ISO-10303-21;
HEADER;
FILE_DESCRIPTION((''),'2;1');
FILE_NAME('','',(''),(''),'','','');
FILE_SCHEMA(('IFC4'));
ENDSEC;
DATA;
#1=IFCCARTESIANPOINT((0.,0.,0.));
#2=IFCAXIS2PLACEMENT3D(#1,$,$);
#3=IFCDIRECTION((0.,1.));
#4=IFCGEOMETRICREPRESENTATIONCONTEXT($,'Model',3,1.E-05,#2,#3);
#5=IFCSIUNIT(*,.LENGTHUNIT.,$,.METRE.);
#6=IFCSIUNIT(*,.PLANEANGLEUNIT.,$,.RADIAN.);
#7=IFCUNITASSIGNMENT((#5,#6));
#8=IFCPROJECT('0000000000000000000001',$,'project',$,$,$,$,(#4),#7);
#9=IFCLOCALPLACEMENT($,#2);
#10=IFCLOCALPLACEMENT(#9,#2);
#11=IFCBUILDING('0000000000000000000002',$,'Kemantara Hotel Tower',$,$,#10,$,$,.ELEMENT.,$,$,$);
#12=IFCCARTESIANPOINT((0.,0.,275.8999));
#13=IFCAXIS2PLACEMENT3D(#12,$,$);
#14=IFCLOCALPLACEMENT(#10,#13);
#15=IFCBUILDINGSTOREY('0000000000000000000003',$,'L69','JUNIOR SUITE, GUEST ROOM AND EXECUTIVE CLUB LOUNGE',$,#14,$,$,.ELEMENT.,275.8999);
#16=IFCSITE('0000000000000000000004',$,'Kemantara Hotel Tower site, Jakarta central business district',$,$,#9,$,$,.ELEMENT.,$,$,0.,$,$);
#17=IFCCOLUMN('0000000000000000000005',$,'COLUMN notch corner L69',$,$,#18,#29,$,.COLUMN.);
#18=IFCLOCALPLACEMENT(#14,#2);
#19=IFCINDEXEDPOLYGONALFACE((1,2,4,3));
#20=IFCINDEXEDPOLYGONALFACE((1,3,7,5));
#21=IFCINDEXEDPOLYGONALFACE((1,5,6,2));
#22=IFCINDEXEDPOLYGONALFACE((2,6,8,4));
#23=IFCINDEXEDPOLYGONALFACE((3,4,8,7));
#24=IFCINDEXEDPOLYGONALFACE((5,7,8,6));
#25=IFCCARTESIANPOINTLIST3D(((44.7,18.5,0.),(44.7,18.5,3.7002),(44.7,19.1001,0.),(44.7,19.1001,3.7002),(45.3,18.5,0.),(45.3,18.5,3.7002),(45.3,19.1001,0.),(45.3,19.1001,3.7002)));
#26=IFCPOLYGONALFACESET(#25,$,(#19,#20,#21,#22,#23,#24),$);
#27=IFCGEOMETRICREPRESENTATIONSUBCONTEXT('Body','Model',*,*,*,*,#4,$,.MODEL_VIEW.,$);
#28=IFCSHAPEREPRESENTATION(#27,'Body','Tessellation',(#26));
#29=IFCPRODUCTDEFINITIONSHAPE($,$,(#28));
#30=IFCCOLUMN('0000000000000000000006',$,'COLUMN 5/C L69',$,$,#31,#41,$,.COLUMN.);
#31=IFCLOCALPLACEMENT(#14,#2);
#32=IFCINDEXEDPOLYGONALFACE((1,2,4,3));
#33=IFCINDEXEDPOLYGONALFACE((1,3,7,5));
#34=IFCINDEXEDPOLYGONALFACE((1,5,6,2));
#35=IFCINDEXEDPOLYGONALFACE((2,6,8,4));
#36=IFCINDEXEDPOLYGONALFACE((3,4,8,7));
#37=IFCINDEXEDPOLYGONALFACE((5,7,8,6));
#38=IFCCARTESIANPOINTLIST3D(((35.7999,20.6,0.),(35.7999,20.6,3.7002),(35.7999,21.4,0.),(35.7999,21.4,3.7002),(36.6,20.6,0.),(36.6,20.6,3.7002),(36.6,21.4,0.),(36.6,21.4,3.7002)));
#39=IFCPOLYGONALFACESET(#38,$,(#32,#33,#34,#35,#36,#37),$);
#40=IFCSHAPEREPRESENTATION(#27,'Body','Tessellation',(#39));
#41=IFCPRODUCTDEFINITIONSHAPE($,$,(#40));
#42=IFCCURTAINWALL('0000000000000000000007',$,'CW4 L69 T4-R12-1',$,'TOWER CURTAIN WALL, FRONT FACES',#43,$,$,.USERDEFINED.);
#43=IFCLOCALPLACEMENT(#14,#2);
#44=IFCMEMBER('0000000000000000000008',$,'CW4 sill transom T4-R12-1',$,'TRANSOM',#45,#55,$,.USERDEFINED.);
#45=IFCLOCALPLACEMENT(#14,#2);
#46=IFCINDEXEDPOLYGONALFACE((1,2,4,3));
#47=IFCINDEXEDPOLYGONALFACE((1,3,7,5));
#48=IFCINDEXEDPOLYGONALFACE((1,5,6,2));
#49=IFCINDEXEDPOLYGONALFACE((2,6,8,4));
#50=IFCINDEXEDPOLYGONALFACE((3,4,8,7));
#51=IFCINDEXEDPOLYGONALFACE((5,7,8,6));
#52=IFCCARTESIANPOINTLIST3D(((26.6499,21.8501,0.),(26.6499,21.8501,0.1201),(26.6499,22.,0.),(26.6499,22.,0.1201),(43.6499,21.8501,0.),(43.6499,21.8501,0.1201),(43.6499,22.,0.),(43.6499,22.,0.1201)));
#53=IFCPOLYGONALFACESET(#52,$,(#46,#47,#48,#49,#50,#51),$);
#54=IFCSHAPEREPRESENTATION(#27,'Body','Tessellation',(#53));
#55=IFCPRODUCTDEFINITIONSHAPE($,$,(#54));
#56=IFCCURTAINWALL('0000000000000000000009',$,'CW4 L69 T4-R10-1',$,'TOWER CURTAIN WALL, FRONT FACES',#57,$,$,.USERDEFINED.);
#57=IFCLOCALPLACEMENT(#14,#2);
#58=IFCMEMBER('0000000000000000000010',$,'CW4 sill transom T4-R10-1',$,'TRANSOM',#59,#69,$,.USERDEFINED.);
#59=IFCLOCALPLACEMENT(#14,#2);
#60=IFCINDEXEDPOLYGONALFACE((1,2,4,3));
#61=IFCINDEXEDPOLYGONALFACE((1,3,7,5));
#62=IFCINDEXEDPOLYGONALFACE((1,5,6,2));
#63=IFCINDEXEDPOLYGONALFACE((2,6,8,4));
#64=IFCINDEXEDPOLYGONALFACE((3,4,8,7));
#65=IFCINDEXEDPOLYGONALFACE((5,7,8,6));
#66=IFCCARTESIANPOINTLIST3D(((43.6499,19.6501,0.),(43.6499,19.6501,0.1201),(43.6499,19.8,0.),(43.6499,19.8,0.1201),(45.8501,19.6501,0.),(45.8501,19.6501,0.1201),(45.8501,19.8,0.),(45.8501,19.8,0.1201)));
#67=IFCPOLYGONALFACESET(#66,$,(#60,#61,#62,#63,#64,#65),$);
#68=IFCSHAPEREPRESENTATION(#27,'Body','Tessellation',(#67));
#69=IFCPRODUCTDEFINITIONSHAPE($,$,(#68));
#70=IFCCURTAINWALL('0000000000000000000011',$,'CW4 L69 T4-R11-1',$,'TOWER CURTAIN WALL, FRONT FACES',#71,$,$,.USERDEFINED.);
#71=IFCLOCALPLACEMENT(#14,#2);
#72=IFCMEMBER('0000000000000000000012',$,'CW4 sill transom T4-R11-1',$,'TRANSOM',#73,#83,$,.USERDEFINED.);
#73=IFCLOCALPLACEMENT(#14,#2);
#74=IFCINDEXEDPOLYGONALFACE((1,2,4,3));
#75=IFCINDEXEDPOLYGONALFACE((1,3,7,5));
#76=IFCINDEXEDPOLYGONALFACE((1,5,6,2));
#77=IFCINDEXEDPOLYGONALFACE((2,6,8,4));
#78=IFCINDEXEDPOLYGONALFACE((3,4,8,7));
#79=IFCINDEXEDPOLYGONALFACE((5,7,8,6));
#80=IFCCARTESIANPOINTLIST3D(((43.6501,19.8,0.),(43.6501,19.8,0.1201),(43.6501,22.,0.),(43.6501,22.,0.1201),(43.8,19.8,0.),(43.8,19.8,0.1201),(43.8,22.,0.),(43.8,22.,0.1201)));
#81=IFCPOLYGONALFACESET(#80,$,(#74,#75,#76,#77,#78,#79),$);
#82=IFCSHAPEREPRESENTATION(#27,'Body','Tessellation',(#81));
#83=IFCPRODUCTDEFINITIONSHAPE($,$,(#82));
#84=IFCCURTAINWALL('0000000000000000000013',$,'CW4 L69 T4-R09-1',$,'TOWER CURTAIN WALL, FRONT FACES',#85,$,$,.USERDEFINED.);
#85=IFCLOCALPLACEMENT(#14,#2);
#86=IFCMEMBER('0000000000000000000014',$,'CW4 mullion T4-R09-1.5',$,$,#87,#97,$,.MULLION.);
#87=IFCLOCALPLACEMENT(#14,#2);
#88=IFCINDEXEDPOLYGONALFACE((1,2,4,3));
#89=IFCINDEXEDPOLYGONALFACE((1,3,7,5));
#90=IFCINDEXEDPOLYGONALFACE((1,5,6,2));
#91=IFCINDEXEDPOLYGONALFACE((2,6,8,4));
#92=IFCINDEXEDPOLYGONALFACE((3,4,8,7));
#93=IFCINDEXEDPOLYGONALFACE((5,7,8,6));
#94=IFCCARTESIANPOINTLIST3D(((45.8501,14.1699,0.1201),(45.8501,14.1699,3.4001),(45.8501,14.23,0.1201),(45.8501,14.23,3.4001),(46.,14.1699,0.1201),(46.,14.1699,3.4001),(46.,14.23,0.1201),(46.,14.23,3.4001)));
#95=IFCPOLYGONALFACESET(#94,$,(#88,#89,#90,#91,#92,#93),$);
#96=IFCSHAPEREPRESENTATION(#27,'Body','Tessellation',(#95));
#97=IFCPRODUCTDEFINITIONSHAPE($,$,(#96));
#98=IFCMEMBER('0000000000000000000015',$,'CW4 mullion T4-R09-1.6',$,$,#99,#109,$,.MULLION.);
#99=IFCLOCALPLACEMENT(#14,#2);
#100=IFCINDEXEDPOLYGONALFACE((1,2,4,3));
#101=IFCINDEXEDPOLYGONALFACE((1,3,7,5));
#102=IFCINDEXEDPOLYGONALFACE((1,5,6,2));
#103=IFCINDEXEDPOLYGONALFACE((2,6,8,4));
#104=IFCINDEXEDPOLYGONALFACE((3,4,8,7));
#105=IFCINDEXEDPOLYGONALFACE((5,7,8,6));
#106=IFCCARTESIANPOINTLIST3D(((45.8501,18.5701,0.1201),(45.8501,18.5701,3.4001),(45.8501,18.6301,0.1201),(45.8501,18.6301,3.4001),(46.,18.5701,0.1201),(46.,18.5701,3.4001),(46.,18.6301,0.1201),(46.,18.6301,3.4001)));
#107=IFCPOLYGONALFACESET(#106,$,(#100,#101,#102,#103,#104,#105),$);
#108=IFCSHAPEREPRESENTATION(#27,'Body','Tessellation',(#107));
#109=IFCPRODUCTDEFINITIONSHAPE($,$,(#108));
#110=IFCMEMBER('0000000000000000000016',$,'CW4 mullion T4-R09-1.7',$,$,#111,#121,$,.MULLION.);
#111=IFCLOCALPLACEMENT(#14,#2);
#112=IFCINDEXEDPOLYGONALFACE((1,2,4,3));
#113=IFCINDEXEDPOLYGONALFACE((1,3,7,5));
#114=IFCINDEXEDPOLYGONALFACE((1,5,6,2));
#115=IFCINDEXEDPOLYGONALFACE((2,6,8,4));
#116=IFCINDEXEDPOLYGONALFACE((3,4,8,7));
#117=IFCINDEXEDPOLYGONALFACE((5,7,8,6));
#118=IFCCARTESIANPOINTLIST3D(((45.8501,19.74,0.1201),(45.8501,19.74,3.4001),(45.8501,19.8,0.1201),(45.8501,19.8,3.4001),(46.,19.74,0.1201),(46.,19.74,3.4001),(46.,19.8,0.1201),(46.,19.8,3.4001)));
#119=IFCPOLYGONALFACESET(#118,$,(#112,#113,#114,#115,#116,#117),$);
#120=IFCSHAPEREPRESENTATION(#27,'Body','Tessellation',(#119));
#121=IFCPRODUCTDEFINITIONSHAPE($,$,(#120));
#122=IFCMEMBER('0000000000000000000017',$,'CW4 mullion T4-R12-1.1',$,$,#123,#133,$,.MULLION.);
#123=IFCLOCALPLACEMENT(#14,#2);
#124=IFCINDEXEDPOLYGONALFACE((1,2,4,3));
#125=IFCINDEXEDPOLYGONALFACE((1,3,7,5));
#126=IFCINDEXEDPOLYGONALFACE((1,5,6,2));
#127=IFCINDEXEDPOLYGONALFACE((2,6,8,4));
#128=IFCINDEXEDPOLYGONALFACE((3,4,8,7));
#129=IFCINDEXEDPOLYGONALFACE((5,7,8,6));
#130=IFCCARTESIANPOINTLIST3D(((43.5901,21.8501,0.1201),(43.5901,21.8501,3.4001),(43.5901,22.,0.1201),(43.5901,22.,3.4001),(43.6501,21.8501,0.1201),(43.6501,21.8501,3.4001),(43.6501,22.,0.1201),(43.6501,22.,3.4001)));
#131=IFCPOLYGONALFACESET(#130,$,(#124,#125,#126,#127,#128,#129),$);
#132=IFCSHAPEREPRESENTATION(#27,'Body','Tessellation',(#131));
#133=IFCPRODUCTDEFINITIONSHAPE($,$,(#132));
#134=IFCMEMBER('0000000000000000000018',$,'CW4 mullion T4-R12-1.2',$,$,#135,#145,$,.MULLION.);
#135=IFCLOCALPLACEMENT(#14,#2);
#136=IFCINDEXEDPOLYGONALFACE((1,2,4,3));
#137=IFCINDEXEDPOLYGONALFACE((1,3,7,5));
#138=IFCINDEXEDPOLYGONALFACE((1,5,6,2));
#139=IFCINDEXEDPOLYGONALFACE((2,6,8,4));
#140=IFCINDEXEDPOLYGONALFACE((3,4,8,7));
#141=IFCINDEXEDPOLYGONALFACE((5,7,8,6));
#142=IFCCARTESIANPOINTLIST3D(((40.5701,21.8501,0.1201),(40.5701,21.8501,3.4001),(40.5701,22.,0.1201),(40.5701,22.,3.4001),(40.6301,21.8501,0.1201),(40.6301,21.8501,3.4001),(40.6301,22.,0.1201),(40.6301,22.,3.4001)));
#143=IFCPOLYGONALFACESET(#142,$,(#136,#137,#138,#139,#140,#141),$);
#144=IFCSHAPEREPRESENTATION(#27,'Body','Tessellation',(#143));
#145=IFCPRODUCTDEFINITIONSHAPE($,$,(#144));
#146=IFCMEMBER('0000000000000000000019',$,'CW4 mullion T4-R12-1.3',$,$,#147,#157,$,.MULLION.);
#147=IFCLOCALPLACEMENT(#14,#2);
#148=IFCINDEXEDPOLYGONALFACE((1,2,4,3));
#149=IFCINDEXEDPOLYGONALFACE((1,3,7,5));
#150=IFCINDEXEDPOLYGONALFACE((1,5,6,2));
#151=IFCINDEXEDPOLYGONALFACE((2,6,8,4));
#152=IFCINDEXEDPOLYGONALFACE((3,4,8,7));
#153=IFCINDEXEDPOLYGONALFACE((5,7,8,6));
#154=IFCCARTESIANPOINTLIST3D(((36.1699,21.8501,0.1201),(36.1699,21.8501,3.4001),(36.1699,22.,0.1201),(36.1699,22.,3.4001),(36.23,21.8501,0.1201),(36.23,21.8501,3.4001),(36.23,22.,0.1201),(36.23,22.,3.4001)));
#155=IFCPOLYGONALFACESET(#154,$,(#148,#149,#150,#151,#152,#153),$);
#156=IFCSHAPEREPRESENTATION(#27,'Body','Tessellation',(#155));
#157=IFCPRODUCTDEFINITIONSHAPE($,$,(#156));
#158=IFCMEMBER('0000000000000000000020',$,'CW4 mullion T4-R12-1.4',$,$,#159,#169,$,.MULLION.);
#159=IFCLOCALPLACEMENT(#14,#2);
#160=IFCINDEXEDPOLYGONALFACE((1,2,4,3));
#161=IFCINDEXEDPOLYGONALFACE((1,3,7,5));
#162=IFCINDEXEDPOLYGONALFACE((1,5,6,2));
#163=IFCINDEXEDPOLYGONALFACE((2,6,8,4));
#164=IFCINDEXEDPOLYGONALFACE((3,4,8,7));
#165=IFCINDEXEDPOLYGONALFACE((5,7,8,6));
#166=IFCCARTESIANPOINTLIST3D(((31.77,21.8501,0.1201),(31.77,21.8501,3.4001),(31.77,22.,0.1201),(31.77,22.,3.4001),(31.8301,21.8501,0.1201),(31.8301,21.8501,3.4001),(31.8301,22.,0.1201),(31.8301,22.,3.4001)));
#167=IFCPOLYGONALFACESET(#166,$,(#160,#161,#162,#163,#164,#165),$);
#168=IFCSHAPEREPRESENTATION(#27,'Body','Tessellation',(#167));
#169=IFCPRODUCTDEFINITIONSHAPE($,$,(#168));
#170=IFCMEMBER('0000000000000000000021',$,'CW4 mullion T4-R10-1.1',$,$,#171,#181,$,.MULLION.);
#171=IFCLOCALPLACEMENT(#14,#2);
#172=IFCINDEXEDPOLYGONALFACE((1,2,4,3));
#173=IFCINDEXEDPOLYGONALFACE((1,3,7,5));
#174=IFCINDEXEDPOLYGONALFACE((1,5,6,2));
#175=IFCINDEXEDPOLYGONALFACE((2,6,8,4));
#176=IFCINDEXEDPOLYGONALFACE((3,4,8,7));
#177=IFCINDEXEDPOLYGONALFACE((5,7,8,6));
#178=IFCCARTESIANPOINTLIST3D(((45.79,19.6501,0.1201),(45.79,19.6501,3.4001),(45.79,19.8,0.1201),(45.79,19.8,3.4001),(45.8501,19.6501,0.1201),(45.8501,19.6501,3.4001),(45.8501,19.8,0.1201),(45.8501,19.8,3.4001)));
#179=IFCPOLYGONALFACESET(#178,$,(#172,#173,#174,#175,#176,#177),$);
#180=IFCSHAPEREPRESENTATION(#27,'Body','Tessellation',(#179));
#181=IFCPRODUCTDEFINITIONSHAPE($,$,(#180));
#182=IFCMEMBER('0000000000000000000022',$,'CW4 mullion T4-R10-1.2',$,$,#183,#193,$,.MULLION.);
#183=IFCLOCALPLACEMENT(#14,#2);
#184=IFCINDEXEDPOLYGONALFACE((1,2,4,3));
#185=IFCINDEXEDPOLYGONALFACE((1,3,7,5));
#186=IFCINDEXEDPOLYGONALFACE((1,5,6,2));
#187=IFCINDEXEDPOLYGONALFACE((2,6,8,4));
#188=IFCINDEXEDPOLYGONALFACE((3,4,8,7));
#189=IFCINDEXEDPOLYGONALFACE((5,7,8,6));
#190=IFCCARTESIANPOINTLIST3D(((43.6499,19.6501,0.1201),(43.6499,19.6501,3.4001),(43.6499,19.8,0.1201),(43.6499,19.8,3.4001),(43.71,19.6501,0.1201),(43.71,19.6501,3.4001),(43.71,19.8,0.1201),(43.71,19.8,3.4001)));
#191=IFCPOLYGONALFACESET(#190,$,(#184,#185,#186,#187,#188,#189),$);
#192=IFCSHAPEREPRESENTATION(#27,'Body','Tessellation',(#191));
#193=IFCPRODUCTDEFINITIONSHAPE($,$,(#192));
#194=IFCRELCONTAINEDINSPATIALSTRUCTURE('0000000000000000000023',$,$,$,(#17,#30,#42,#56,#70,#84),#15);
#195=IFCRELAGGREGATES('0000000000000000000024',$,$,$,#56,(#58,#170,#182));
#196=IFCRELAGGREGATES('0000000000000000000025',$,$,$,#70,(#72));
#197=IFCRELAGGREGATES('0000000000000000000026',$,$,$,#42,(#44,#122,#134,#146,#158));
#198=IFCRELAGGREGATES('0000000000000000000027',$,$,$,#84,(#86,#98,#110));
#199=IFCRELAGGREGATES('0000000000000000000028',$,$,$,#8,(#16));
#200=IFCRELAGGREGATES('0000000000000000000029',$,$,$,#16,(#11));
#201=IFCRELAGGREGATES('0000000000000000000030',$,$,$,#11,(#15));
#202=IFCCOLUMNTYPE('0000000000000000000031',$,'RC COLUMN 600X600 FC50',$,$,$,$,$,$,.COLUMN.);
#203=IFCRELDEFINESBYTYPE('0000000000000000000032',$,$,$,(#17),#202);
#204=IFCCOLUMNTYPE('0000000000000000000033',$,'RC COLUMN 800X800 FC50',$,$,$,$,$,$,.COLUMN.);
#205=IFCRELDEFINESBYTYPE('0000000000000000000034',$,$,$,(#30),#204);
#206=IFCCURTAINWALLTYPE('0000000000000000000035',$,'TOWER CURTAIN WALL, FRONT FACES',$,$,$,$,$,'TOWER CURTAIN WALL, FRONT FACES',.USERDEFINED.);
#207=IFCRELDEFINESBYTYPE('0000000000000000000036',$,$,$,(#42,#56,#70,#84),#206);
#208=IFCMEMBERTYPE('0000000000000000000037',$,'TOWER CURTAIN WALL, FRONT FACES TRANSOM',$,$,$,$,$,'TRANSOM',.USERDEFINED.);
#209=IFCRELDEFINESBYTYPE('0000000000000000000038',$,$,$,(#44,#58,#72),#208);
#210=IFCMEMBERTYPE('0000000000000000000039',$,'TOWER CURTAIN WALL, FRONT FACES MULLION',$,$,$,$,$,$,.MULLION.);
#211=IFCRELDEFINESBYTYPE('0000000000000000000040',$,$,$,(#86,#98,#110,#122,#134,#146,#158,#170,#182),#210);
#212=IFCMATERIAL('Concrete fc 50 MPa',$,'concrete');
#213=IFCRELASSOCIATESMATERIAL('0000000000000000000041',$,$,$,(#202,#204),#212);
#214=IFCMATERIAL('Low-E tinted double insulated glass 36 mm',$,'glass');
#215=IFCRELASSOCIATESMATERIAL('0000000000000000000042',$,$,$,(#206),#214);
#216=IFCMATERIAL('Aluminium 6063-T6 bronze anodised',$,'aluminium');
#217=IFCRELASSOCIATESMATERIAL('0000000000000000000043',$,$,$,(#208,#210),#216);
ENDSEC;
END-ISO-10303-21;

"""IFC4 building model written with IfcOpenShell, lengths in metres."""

from ifc_helpers import new_model, si_unit, direction, frame, origin, origin_2d, place, context, subcontext, project, spatial, rectangle, extrude, source, transform, mapped, material, material_profile, profile_set, type_object, element, aggregate, save


model = new_model("IFC4")

# Units and contexts
model_context = context("Model", 3, precision=1e-05, world=origin(), true_north=direction((0.0, 1.0)))
body_context = subcontext(model_context, "Body", "Model", "MODEL_VIEW")
ifc_project = project(units=[si_unit("LENGTHUNIT", "METRE"), si_unit("PLANEANGLEUNIT", "RADIAN")], contexts=[model_context])

# Site, building, storey
site_placement = place(None, origin())
site = spatial("IfcSite", under=ifc_project, at=site_placement, Name="Kemantara Hotel Tower site, Jakarta central business district", CompositionType="ELEMENT", RefElevation=0.0)
building_placement = place(site_placement, origin())
building = spatial("IfcBuilding", under=site, at=building_placement, Name="Kemantara Hotel Tower", CompositionType="ELEMENT")
storey_placement = place(building_placement, frame((0.0, 0.0, 275.8999)))
storey = spatial("IfcBuildingStorey", under=building, at=storey_placement, Name="L69", Description="JUNIOR SUITE, GUEST ROOM AND EXECUTIVE CLUB LOUNGE", CompositionType="ELEMENT", Elevation=275.8999)

# Columns
ifc_material_1 = material(Name="Concrete fc 50 MPa", Category="concrete")
ifc_material_profile_1 = material_profile(ifc_material_1, rectangle(XDim=0.6001, YDim=0.6001, at=origin_2d()), Name="RC 600X600")
ifc_profile_set_1 = profile_set([ifc_material_profile_1], Name="Concrete fc 50 MPa")
column_type_1 = type_object("IfcColumnType", Name="RC COLUMN 600X600 FC50", PredefinedType="COLUMN", material=ifc_profile_set_1)
column_1_placement = place(storey_placement, frame((45.0, 18.8, 0.0), z_axis=(0.0, 0.0, 1.0), x_axis=(1.0, 0.0, 0.0)))
element("IfcColumn", 1, at=column_1_placement, inside=storey, type_object=column_type_1, Name="COLUMN notch corner L69", PredefinedType="COLUMN", context=body_context, shape_type="SweptSolid", body=[
    extrude(rectangle(XDim=0.6001, YDim=0.6001, at=origin_2d()), origin(), (0.0, 0.0, 1.0), 3.7002),
])
ifc_material_profile_2 = material_profile(ifc_material_1, rectangle(XDim=0.8, YDim=0.8, at=origin_2d()), Name="RC 800X800")
ifc_profile_set_2 = profile_set([ifc_material_profile_2], Name="Concrete fc 50 MPa")
column_type_2 = type_object("IfcColumnType", Name="RC COLUMN 800X800 FC50", PredefinedType="COLUMN", material=ifc_profile_set_2)
column_2_placement = place(storey_placement, frame((36.2, 21.0, 0.0), z_axis=(0.0, 0.0, 1.0), x_axis=(1.0, 0.0, 0.0)))
element("IfcColumn", 2, at=column_2_placement, inside=storey, type_object=column_type_2, Name="COLUMN 5/C L69", PredefinedType="COLUMN", context=body_context, shape_type="SweptSolid", body=[
    extrude(rectangle(XDim=0.8, YDim=0.8, at=origin_2d()), origin(), (0.0, 0.0, 1.0), 3.7002),
])

# Curtain walls, members
ifc_material_2 = material(Name="Low-E tinted double insulated glass 36 mm", Category="glass")
curtain_wall_type = type_object("IfcCurtainWallType", Name="TOWER CURTAIN WALL, FRONT FACES", ElementType="TOWER CURTAIN WALL, FRONT FACES", PredefinedType="USERDEFINED", material=ifc_material_2)
curtain_wall_1_placement = place(storey_placement, origin())
curtain_wall_1 = element("IfcCurtainWall", 3, at=curtain_wall_1_placement, inside=storey, type_object=curtain_wall_type, Name="CW4 L69 T4-R12-1", ObjectType="TOWER CURTAIN WALL, FRONT FACES", PredefinedType="USERDEFINED")
ifc_material_3 = material(Name="Aluminium 6063-T6 bronze anodised", Category="aluminium")
ifc_material_profile_3 = material_profile(ifc_material_3, rectangle(XDim=0.1499, YDim=0.1201, at=origin_2d()), Name="TOWER CURTAIN WALL, FRONT FACES TRANSOM")
ifc_profile_set_3 = profile_set([ifc_material_profile_3], Name="Aluminium 6063-T6 bronze anodised")
member_type_1 = type_object("IfcMemberType", Name="TOWER CURTAIN WALL, FRONT FACES TRANSOM", ElementType="TRANSOM", PredefinedType="USERDEFINED", material=ifc_profile_set_3)
member_1_placement = place(storey_placement, frame((43.6499, 21.925, 0.0601), z_axis=(-1.0, 0.0, 0.0), x_axis=(0.0, -1.0, 0.0)))
member_1 = element("IfcMember", 4, at=member_1_placement, type_object=member_type_1, Name="CW4 sill transom T4-R12-1", ObjectType="TRANSOM", PredefinedType="USERDEFINED", context=body_context, shape_type="SweptSolid", body=[
    extrude(rectangle(XDim=0.1499, YDim=0.1201, at=origin_2d()), origin(), (0.0, 0.0, 1.0), 17.0),
])
curtain_wall_2_placement = place(storey_placement, origin())
curtain_wall_2 = element("IfcCurtainWall", 5, at=curtain_wall_2_placement, inside=storey, type_object=curtain_wall_type, Name="CW4 L69 T4-R10-1", ObjectType="TOWER CURTAIN WALL, FRONT FACES", PredefinedType="USERDEFINED")
member_2_placement = place(storey_placement, frame((45.8501, 19.7251, 0.0601), z_axis=(-1.0, 0.0, 0.0), x_axis=(0.0, -1.0, 0.0)))
member_2 = element("IfcMember", 6, at=member_2_placement, type_object=member_type_1, Name="CW4 sill transom T4-R10-1", ObjectType="TRANSOM", PredefinedType="USERDEFINED", context=body_context, shape_type="SweptSolid", body=[
    extrude(rectangle(XDim=0.1499, YDim=0.1201, at=origin_2d()), origin(), (0.0, 0.0, 1.0), 2.2002),
])
curtain_wall_3_placement = place(storey_placement, origin())
curtain_wall_3 = element("IfcCurtainWall", 7, at=curtain_wall_3_placement, inside=storey, type_object=curtain_wall_type, Name="CW4 L69 T4-R11-1", ObjectType="TOWER CURTAIN WALL, FRONT FACES", PredefinedType="USERDEFINED")
member_3_placement = place(storey_placement, frame((43.7251, 19.8, 0.0601), z_axis=(0.0, 1.0, 0.0), x_axis=(-1.0, 0.0, 0.0)))
member_3 = element("IfcMember", 8, at=member_3_placement, type_object=member_type_1, Name="CW4 sill transom T4-R11-1", ObjectType="TRANSOM", PredefinedType="USERDEFINED", context=body_context, shape_type="SweptSolid", body=[
    extrude(rectangle(XDim=0.1499, YDim=0.1201, at=origin_2d()), origin(), (0.0, 0.0, 1.0), 2.2),
])

# Curtain wall, members
curtain_wall_4_placement = place(storey_placement, origin())
curtain_wall_4 = element("IfcCurtainWall", 9, at=curtain_wall_4_placement, inside=storey, type_object=curtain_wall_type, Name="CW4 L69 T4-R09-1", ObjectType="TOWER CURTAIN WALL, FRONT FACES", PredefinedType="USERDEFINED")
ifc_material_profile_4 = material_profile(ifc_material_3, rectangle(XDim=0.1499, YDim=0.0601, at=origin_2d()), Name="TOWER CURTAIN WALL, FRONT FACES MULLION")
ifc_profile_set_4 = profile_set([ifc_material_profile_4], Name="Aluminium 6063-T6 bronze anodised")
member_type_2 = type_object("IfcMemberType", Name="TOWER CURTAIN WALL, FRONT FACES MULLION", PredefinedType="MULLION", material=ifc_profile_set_4)
shared_shape_1 = source(origin(), body_context, "Body", "SweptSolid", [
    extrude(rectangle(XDim=0.1499, YDim=0.0601, at=origin_2d()), origin(), (0.0, 0.0, 1.0), 3.28),
])
member_4_placement = place(storey_placement, frame((45.925, 14.2, 0.1201), z_axis=(0.0, 0.0, 1.0), x_axis=(-1.0, 0.0, 0.0)))
member_4 = element("IfcMember", 10, at=member_4_placement, type_object=member_type_2, Name="CW4 mullion T4-R09-1.5", PredefinedType="MULLION", context=body_context, shape_type="MappedRepresentation", body=[
    mapped(shared_shape_1, transform((0.0, 0.0, 0.0))),
])
member_5_placement = place(storey_placement, frame((45.925, 18.6001, 0.1201), z_axis=(0.0, 0.0, 1.0), x_axis=(-1.0, 0.0, 0.0)))
member_5 = element("IfcMember", 11, at=member_5_placement, type_object=member_type_2, Name="CW4 mullion T4-R09-1.6", PredefinedType="MULLION", context=body_context, shape_type="MappedRepresentation", body=[
    mapped(shared_shape_1, transform((0.0, 0.0, 0.0))),
])
member_6_placement = place(storey_placement, frame((45.925, 19.77, 0.1201), z_axis=(0.0, 0.0, 1.0), x_axis=(-1.0, 0.0, 0.0)))
member_6 = element("IfcMember", 12, at=member_6_placement, type_object=member_type_2, Name="CW4 mullion T4-R09-1.7", PredefinedType="MULLION", context=body_context, shape_type="MappedRepresentation", body=[
    mapped(shared_shape_1, transform((0.0, 0.0, 0.0))),
])

# Members
member_7_placement = place(storey_placement, frame((43.6201, 21.925, 0.1201), z_axis=(0.0, 0.0, 1.0), x_axis=(0.0, -1.0, 0.0)))
member_7 = element("IfcMember", 13, at=member_7_placement, type_object=member_type_2, Name="CW4 mullion T4-R12-1.1", PredefinedType="MULLION", context=body_context, shape_type="MappedRepresentation", body=[
    mapped(shared_shape_1, transform((0.0, 0.0, 0.0))),
])
member_8_placement = place(storey_placement, frame((40.6001, 21.925, 0.1201), z_axis=(0.0, 0.0, 1.0), x_axis=(0.0, -1.0, 0.0)))
member_8 = element("IfcMember", 14, at=member_8_placement, type_object=member_type_2, Name="CW4 mullion T4-R12-1.2", PredefinedType="MULLION", context=body_context, shape_type="MappedRepresentation", body=[
    mapped(shared_shape_1, transform((0.0, 0.0, 0.0))),
])
member_9_placement = place(storey_placement, frame((36.2, 21.925, 0.1201), z_axis=(0.0, 0.0, 1.0), x_axis=(0.0, -1.0, 0.0)))
member_9 = element("IfcMember", 15, at=member_9_placement, type_object=member_type_2, Name="CW4 mullion T4-R12-1.3", PredefinedType="MULLION", context=body_context, shape_type="MappedRepresentation", body=[
    mapped(shared_shape_1, transform((0.0, 0.0, 0.0))),
])
member_10_placement = place(storey_placement, frame((31.8, 21.925, 0.1201), z_axis=(0.0, 0.0, 1.0), x_axis=(0.0, -1.0, 0.0)))
member_10 = element("IfcMember", 16, at=member_10_placement, type_object=member_type_2, Name="CW4 mullion T4-R12-1.4", PredefinedType="MULLION", context=body_context, shape_type="MappedRepresentation", body=[
    mapped(shared_shape_1, transform((0.0, 0.0, 0.0))),
])
member_11_placement = place(storey_placement, frame((45.8201, 19.7251, 0.1201), z_axis=(0.0, 0.0, 1.0), x_axis=(0.0, -1.0, 0.0)))
member_11 = element("IfcMember", 17, at=member_11_placement, type_object=member_type_2, Name="CW4 mullion T4-R10-1.1", PredefinedType="MULLION", context=body_context, shape_type="MappedRepresentation", body=[
    mapped(shared_shape_1, transform((0.0, 0.0, 0.0))),
])
member_12_placement = place(storey_placement, frame((43.6799, 19.7251, 0.1201), z_axis=(0.0, 0.0, 1.0), x_axis=(0.0, -1.0, 0.0)))
member_12 = element("IfcMember", 18, at=member_12_placement, type_object=member_type_2, Name="CW4 mullion T4-R10-1.2", PredefinedType="MULLION", context=body_context, shape_type="MappedRepresentation", body=[
    mapped(shared_shape_1, transform((0.0, 0.0, 0.0))),
])

aggregate(curtain_wall_2, [member_2, member_11, member_12])
aggregate(curtain_wall_3, [member_3])
aggregate(curtain_wall_1, [member_1, member_7, member_8, member_9, member_10])
aggregate(curtain_wall_4, [member_4, member_5, member_6])

save(model, "model.ifc")
